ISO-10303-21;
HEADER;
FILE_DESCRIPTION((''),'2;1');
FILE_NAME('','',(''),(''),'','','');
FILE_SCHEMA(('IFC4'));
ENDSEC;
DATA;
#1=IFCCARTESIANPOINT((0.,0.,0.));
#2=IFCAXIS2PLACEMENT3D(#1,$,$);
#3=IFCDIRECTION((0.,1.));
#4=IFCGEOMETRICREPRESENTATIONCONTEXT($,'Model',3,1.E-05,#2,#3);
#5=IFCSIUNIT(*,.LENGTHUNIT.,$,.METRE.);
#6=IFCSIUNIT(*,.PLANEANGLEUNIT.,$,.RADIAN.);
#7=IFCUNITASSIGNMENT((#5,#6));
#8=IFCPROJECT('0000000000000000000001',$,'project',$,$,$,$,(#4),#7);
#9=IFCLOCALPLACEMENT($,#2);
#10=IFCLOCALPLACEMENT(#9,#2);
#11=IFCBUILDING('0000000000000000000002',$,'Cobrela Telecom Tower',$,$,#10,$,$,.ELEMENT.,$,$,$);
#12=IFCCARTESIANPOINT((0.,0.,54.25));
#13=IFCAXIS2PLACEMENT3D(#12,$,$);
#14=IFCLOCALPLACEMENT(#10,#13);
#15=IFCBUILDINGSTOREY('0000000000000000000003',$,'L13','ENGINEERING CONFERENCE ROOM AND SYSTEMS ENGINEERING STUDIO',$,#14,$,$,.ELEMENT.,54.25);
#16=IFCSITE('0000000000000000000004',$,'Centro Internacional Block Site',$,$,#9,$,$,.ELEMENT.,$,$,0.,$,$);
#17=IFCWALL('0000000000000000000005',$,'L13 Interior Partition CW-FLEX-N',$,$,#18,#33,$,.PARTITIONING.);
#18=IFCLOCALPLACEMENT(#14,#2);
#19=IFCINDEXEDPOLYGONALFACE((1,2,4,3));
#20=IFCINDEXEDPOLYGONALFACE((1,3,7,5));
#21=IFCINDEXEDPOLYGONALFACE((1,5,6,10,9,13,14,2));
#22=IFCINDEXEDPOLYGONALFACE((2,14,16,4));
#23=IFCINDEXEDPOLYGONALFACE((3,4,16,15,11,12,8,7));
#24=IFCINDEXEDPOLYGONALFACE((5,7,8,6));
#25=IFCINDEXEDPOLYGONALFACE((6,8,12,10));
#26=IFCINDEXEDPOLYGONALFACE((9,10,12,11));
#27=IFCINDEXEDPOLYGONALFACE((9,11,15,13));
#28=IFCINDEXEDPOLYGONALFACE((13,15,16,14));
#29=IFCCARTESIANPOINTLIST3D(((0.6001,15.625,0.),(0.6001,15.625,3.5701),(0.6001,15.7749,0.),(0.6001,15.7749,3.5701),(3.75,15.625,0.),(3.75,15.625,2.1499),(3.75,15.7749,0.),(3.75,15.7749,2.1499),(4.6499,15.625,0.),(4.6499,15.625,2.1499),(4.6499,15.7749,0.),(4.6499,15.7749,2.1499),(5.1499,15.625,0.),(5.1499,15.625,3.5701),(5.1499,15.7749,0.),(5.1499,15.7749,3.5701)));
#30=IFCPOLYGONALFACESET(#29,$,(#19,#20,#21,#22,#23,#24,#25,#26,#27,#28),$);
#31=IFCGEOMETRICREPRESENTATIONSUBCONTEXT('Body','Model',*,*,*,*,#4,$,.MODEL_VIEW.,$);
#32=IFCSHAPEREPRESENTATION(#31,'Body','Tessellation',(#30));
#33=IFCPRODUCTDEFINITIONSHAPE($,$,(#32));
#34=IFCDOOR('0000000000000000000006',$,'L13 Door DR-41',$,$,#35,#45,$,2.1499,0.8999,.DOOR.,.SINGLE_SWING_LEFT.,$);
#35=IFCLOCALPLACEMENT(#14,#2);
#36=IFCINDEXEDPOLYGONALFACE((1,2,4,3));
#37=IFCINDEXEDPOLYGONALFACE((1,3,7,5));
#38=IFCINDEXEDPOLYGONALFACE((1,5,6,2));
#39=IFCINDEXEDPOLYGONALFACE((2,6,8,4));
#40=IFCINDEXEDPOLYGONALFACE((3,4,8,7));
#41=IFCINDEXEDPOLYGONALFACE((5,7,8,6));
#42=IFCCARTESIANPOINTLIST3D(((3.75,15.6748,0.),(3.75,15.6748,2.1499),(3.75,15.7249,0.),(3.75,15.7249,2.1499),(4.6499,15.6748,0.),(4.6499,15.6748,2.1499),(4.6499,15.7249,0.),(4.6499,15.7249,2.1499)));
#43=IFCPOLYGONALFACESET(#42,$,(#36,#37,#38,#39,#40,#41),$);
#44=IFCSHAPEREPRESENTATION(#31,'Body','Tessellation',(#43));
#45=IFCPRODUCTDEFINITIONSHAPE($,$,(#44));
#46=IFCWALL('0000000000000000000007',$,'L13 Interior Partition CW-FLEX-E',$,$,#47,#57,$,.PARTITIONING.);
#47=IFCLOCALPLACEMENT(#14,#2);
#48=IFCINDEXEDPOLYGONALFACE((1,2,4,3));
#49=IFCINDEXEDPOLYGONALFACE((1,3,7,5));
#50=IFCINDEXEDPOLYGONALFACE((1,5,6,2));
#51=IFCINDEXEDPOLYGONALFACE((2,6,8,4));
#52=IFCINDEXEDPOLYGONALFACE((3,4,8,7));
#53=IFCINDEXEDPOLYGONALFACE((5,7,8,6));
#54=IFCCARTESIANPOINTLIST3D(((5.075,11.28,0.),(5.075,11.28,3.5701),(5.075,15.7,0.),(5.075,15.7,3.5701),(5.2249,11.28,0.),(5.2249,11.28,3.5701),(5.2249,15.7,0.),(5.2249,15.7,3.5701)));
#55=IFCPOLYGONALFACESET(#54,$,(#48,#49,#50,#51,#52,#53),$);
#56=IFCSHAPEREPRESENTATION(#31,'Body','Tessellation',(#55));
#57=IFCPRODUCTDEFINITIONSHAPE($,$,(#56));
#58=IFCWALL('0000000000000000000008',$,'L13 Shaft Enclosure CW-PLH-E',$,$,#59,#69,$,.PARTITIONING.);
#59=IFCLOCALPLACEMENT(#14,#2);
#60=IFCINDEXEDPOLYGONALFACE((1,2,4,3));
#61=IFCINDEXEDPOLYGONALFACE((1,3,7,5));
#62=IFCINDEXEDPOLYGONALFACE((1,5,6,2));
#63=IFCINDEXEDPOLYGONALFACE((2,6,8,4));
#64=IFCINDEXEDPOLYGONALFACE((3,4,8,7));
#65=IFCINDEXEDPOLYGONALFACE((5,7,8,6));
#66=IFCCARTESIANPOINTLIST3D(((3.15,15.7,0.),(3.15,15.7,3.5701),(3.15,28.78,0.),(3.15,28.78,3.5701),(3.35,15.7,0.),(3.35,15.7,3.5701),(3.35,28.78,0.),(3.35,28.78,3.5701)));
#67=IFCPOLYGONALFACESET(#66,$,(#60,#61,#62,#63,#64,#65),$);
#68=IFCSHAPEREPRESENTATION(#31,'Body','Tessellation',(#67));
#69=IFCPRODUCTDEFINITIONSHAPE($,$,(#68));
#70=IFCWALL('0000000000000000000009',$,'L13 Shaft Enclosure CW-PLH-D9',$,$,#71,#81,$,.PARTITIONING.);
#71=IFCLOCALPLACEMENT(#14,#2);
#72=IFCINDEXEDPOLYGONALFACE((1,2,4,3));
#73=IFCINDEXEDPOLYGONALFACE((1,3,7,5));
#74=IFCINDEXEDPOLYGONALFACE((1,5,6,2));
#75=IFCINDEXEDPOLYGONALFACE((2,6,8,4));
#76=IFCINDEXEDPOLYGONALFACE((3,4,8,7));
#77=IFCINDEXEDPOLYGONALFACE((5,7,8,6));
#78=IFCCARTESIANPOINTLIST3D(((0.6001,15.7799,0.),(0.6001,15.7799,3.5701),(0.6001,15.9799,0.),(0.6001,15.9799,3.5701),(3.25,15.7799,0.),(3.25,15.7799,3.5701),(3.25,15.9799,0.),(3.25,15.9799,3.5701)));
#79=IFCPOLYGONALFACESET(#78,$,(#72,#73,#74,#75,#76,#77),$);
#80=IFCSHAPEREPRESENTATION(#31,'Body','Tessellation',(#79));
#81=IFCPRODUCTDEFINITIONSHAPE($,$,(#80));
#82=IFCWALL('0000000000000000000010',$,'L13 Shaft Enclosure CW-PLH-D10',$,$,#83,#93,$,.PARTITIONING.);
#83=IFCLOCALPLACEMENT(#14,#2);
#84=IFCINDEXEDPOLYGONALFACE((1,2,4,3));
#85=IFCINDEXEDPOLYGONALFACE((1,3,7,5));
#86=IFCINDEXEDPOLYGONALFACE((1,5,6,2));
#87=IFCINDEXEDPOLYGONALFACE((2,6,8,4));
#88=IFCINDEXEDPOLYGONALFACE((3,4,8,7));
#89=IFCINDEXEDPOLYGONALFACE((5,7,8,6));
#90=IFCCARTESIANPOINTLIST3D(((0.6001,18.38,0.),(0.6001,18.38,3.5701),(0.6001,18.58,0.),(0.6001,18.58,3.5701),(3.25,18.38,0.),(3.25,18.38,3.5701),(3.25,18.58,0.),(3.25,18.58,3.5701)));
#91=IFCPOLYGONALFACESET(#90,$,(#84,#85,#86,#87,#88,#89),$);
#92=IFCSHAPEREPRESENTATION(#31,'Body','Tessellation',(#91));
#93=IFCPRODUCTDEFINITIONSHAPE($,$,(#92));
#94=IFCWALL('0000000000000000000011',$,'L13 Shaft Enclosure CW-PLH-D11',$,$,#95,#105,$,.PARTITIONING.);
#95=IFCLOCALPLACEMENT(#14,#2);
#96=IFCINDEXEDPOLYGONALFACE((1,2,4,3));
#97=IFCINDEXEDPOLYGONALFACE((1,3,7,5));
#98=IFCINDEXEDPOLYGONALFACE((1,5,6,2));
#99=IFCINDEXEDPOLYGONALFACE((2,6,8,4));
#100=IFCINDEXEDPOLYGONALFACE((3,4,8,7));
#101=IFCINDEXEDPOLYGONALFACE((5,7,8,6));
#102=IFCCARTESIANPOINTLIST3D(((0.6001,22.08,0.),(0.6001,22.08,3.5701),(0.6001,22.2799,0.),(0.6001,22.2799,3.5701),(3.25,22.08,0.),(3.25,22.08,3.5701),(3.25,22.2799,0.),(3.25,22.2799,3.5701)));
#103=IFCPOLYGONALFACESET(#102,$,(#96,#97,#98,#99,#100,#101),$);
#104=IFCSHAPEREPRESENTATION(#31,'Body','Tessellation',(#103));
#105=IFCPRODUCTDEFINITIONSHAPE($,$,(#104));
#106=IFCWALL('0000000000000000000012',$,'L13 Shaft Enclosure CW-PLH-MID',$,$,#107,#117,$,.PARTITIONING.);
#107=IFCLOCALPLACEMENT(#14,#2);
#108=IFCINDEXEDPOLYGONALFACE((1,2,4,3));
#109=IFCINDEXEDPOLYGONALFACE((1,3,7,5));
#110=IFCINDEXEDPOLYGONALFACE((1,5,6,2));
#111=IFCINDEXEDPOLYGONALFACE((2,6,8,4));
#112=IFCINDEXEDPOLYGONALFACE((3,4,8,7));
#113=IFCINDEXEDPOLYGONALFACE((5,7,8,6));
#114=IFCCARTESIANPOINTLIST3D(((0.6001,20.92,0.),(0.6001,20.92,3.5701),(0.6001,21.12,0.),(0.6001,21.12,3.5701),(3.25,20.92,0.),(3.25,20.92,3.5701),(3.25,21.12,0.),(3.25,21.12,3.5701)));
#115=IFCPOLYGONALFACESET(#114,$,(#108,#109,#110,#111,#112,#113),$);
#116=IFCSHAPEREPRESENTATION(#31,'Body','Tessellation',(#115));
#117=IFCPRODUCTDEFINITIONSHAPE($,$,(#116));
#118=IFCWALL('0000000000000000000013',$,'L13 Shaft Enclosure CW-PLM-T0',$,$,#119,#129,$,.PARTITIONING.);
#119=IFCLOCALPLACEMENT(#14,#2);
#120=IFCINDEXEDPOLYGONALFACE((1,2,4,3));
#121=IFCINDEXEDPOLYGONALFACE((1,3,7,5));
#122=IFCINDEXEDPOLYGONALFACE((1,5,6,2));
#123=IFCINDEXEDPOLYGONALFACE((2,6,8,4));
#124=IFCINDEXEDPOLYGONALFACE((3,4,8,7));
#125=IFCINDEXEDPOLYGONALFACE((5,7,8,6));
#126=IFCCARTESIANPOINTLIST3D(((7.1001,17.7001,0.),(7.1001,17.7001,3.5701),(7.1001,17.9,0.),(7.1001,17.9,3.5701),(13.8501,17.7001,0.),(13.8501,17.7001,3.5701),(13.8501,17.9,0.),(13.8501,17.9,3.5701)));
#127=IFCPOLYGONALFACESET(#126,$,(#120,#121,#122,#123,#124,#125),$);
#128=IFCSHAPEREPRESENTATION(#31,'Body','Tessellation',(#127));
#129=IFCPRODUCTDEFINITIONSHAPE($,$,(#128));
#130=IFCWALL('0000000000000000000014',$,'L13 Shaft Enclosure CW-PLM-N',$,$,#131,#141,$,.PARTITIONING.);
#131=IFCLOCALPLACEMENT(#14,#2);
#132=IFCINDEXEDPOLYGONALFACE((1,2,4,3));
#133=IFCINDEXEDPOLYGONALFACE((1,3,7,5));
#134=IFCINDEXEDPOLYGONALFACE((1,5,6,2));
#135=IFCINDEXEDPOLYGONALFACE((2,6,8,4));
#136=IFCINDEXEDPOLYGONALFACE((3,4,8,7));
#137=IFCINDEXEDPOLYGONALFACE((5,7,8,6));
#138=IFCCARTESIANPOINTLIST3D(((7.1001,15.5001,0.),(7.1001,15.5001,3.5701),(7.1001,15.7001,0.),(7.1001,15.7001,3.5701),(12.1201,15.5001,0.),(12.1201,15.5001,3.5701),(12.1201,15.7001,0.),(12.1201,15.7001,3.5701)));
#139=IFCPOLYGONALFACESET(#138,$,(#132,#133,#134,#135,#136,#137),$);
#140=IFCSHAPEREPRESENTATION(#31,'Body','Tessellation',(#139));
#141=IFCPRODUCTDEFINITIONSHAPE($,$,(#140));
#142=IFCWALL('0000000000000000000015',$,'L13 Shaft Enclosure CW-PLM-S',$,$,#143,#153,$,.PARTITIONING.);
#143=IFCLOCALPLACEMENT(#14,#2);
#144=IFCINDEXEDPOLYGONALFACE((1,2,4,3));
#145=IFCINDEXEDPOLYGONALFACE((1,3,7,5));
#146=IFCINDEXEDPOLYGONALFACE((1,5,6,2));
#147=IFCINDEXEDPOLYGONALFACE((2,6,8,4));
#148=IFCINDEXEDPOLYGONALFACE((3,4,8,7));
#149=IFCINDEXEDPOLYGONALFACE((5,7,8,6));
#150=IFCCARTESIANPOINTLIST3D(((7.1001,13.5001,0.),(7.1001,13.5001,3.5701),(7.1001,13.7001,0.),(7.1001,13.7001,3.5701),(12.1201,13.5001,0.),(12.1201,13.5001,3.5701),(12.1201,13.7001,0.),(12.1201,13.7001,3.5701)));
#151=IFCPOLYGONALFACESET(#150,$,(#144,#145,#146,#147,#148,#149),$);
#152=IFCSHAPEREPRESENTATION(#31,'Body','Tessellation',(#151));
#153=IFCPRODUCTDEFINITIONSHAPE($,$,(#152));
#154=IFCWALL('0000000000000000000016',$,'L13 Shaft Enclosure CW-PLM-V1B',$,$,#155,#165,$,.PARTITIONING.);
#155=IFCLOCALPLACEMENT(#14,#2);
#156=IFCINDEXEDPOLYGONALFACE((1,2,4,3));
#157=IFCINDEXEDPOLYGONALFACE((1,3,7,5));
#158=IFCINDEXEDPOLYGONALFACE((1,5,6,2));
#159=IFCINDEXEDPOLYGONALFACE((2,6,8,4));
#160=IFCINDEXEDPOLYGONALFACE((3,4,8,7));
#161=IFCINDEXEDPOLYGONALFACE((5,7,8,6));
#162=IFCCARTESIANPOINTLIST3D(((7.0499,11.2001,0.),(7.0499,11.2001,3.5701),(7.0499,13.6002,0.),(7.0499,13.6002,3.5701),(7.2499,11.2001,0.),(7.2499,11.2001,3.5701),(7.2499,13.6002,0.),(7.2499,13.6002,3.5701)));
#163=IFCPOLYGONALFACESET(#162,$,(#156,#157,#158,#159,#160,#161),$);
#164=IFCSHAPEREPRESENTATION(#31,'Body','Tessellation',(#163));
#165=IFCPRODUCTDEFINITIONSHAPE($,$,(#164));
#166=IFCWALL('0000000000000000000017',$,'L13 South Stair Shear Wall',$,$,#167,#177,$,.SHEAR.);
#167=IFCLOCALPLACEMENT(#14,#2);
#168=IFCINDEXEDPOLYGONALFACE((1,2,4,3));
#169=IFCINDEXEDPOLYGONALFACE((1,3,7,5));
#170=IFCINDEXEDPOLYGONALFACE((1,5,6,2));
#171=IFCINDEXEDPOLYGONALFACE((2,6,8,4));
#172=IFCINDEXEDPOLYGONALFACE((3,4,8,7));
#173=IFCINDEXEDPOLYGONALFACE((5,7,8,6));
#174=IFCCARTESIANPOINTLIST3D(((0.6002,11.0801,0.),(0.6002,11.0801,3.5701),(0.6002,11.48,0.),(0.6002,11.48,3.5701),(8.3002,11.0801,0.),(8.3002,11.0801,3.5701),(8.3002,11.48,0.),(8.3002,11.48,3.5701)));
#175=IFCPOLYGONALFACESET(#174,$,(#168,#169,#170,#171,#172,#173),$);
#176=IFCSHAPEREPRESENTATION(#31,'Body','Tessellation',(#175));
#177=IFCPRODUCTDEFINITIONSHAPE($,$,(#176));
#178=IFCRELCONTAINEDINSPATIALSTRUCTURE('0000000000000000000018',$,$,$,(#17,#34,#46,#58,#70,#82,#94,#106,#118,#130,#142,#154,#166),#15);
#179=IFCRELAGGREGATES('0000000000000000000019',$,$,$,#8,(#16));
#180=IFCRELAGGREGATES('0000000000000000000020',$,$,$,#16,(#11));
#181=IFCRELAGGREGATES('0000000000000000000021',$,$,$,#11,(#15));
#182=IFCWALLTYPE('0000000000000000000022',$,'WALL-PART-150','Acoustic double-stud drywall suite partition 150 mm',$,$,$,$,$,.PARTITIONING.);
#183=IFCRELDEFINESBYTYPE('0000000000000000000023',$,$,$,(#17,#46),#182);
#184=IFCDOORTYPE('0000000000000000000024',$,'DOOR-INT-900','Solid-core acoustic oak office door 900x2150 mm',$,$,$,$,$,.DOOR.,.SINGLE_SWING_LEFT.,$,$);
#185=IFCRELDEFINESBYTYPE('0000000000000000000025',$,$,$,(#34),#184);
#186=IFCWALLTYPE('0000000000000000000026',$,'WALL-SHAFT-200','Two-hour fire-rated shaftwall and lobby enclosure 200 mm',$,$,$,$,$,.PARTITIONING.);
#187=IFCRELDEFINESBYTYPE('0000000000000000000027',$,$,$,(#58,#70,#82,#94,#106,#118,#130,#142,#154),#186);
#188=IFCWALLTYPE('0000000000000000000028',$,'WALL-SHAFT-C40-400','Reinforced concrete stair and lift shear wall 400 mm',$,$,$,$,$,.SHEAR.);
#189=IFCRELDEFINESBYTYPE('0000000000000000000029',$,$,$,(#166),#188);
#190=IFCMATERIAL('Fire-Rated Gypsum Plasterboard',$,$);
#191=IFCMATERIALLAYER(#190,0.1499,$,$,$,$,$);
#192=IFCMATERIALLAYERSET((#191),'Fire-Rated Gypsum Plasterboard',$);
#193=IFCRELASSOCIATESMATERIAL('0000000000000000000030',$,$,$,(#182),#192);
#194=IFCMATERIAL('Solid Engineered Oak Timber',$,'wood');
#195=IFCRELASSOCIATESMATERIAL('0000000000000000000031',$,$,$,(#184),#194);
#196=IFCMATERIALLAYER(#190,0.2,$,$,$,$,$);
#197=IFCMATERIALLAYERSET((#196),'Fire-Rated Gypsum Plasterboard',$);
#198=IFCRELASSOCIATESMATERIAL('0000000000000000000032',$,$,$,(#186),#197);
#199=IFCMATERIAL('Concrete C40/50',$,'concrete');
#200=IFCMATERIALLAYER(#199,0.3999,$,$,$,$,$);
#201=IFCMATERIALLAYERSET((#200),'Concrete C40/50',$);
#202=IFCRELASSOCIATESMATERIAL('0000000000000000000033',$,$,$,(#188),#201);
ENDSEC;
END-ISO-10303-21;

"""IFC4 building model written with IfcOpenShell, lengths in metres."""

from ifc_helpers import new_model, si_unit, direction, frame, frame_2d, origin, place, context, subcontext, project, spatial, rectangle, extrude, material, layer, layer_set, type_object, element, fill, save


model = new_model("IFC4")

# Units and contexts
model_context = context("Model", 3, precision=1e-05, world=origin(), true_north=direction((0.0, 1.0)))
body_context = subcontext(model_context, "Body", "Model", "MODEL_VIEW")
ifc_project = project(units=[si_unit("LENGTHUNIT", "METRE"), si_unit("PLANEANGLEUNIT", "RADIAN")], contexts=[model_context])

# Site, building, storey
site_placement = place(None, origin())
site = spatial("IfcSite", under=ifc_project, at=site_placement, Name="Centro Internacional Block Site", CompositionType="ELEMENT", RefElevation=0.0)
building_placement = place(site_placement, origin())
building = spatial("IfcBuilding", under=site, at=building_placement, Name="Cobrela Telecom Tower", CompositionType="ELEMENT")
storey_placement = place(building_placement, frame((0.0, 0.0, 54.25)))
storey = spatial("IfcBuildingStorey", under=building, at=storey_placement, Name="L13", Description="ENGINEERING CONFERENCE ROOM AND SYSTEMS ENGINEERING STUDIO", CompositionType="ELEMENT", Elevation=54.25)

# Wall, opening, door
ifc_material_1 = material(Name="Fire-Rated Gypsum Plasterboard")
ifc_layer_1 = layer(ifc_material_1, 0.1499)
ifc_layer_set_1 = layer_set([ifc_layer_1], Name="Fire-Rated Gypsum Plasterboard")
wall_type_1 = type_object("IfcWallType", Name="WALL-PART-150", Description="Acoustic double-stud drywall suite partition 150 mm", PredefinedType="PARTITIONING", material=ifc_layer_set_1)
wall_1_placement = place(storey_placement, frame((0.6001, 15.7, 0.0), z_axis=(0.0, 0.0, 1.0), x_axis=(1.0, 0.0, 0.0)))
wall_1 = element("IfcWall", 1, at=wall_1_placement, inside=storey, type_object=wall_type_1, Name="L13 Interior Partition CW-FLEX-N", PredefinedType="PARTITIONING", context=body_context, shape_type="SweptSolid", body=[
    extrude(rectangle(XDim=4.5498, YDim=0.1499, at=frame_2d((2.2749, 0.0))), origin(), (0.0, 0.0, 1.0), 3.5701),
])
opening_placement = place(wall_1_placement, frame((3.1499, 0.0, 0.0)))
opening = element("IfcOpeningElement", 2, at=opening_placement, cuts=wall_1, PredefinedType="OPENING", context=body_context, shape_type="SweptSolid", body=[
    extrude(rectangle(XDim=0.8999, YDim=2.1499, at=frame_2d((0.45, 1.075))), frame((0.0, 0.0869, 0.0), z_axis=(0.0, -1.0, 0.0), x_axis=(1.0, 0.0, 0.0)), (0.0, 0.0, 1.0), 0.1738),
])
ifc_material_2 = material(Name="Solid Engineered Oak Timber", Category="wood")
door_type = type_object("IfcDoorType", Name="DOOR-INT-900", Description="Solid-core acoustic oak office door 900x2150 mm", OperationType="SINGLE_SWING_LEFT", PredefinedType="DOOR", material=ifc_material_2)
door_placement = place(opening_placement, origin())
door = element("IfcDoor", 3, at=door_placement, inside=storey, type_object=door_type, Name="L13 Door DR-41", OperationType="SINGLE_SWING_LEFT", OverallHeight=2.1499, OverallWidth=0.8999, PredefinedType="DOOR", context=body_context, shape_type="SweptSolid", body=[
    extrude(rectangle(XDim=0.8999, YDim=2.1499, at=frame_2d((0.45, 1.075))), frame((0.0, 0.0249, 0.0), z_axis=(0.0, -1.0, 0.0), x_axis=(1.0, 0.0, 0.0)), (0.0, 0.0, 1.0), 0.05),
])
fill(opening, door)

# Walls
wall_2_placement = place(storey_placement, frame((5.1499, 11.28, 0.0), z_axis=(0.0, 0.0, 1.0), x_axis=(0.0, 1.0, 0.0)))
element("IfcWall", 4, at=wall_2_placement, inside=storey, type_object=wall_type_1, Name="L13 Interior Partition CW-FLEX-E", PredefinedType="PARTITIONING", context=body_context, shape_type="SweptSolid", body=[
    extrude(rectangle(XDim=4.4199, YDim=0.1499, at=frame_2d((2.21, 0.0))), origin(), (0.0, 0.0, 1.0), 3.5701),
])
ifc_layer_2 = layer(ifc_material_1, 0.2)
ifc_layer_set_2 = layer_set([ifc_layer_2], Name="Fire-Rated Gypsum Plasterboard")
wall_type_2 = type_object("IfcWallType", Name="WALL-SHAFT-200", Description="Two-hour fire-rated shaftwall and lobby enclosure 200 mm", PredefinedType="PARTITIONING", material=ifc_layer_set_2)
wall_3_placement = place(storey_placement, frame((3.25, 15.7, 0.0), z_axis=(0.0, 0.0, 1.0), x_axis=(0.0, 1.0, 0.0)))
element("IfcWall", 5, at=wall_3_placement, inside=storey, type_object=wall_type_2, Name="L13 Shaft Enclosure CW-PLH-E", PredefinedType="PARTITIONING", context=body_context, shape_type="SweptSolid", body=[
    extrude(rectangle(XDim=13.0801, YDim=0.2, at=frame_2d((6.54, 0.0))), origin(), (0.0, 0.0, 1.0), 3.5701),
])
for number, where, z_axis, x_axis, name in (
    (6, (0.6001, 15.8799, 0.0), (0.0, 0.0, 1.0), (1.0, 0.0, 0.0), "L13 Shaft Enclosure CW-PLH-D9"),
    (7, (0.6001, 18.48, 0.0), (0.0, 0.0, 1.0), (1.0, 0.0, 0.0), "L13 Shaft Enclosure CW-PLH-D10"),
    (8, (0.6001, 22.1799, 0.0), (0.0, 0.0, 1.0), (1.0, 0.0, 0.0), "L13 Shaft Enclosure CW-PLH-D11"),
    (9, (0.6001, 21.02, 0.0), (0.0, 0.0, 1.0), (1.0, 0.0, 0.0), "L13 Shaft Enclosure CW-PLH-MID"),
):
    element("IfcWall", number, at=place(storey_placement, frame(where, z_axis=z_axis, x_axis=x_axis)), inside=storey, type_object=wall_type_2, Name=name, PredefinedType="PARTITIONING", context=body_context, shape_type="SweptSolid", body=[
        extrude(rectangle(XDim=2.6499, YDim=0.2, at=frame_2d((1.325, 0.0))), origin(), (0.0, 0.0, 1.0), 3.5701),
    ])
wall_4_placement = place(storey_placement, frame((7.1001, 17.8, 0.0), z_axis=(0.0, 0.0, 1.0), x_axis=(1.0, 0.0, 0.0)))
element("IfcWall", 10, at=wall_4_placement, inside=storey, type_object=wall_type_2, Name="L13 Shaft Enclosure CW-PLM-T0", PredefinedType="PARTITIONING", context=body_context, shape_type="SweptSolid", body=[
    extrude(rectangle(XDim=6.75, YDim=0.2, at=frame_2d((3.375, 0.0))), origin(), (0.0, 0.0, 1.0), 3.5701),
])
for number, where, z_axis, x_axis, name in (
    (11, (7.1001, 15.6001, 0.0), (0.0, 0.0, 1.0), (1.0, 0.0, 0.0), "L13 Shaft Enclosure CW-PLM-N"),
    (12, (7.1001, 13.6001, 0.0), (0.0, 0.0, 1.0), (1.0, 0.0, 0.0), "L13 Shaft Enclosure CW-PLM-S"),
):
    element("IfcWall", number, at=place(storey_placement, frame(where, z_axis=z_axis, x_axis=x_axis)), inside=storey, type_object=wall_type_2, Name=name, PredefinedType="PARTITIONING", context=body_context, shape_type="SweptSolid", body=[
        extrude(rectangle(XDim=5.02, YDim=0.2, at=frame_2d((2.51, 0.0))), origin(), (0.0, 0.0, 1.0), 3.5701),
    ])
wall_5_placement = place(storey_placement, frame((7.1499, 11.2, 0.0), z_axis=(0.0, 0.0, 1.0), x_axis=(0.0, 1.0, 0.0)))
element("IfcWall", 13, at=wall_5_placement, inside=storey, type_object=wall_type_2, Name="L13 Shaft Enclosure CW-PLM-V1B", PredefinedType="PARTITIONING", context=body_context, shape_type="SweptSolid", body=[
    extrude(rectangle(XDim=2.4001, YDim=0.2, at=frame_2d((1.2002, 0.0))), origin(), (0.0, 0.0, 1.0), 3.5701),
])
ifc_material_3 = material(Name="Concrete C40/50", Category="concrete")
ifc_layer_3 = layer(ifc_material_3, 0.3999)
ifc_layer_set_3 = layer_set([ifc_layer_3], Name="Concrete C40/50")
wall_type_3 = type_object("IfcWallType", Name="WALL-SHAFT-C40-400", Description="Reinforced concrete stair and lift shear wall 400 mm", PredefinedType="SHEAR", material=ifc_layer_set_3)
wall_6_placement = place(storey_placement, frame((0.6001, 11.28, 0.0), z_axis=(0.0, 0.0, 1.0), x_axis=(1.0, 0.0, 0.0)))
element("IfcWall", 14, at=wall_6_placement, inside=storey, type_object=wall_type_3, Name="L13 South Stair Shear Wall", PredefinedType="SHEAR", context=body_context, shape_type="SweptSolid", body=[
    extrude(rectangle(XDim=7.7, YDim=0.3999, at=frame_2d((3.8501, 0.0))), origin(), (0.0, 0.0, 1.0), 3.5701),
])

save(model, "model.ifc")
